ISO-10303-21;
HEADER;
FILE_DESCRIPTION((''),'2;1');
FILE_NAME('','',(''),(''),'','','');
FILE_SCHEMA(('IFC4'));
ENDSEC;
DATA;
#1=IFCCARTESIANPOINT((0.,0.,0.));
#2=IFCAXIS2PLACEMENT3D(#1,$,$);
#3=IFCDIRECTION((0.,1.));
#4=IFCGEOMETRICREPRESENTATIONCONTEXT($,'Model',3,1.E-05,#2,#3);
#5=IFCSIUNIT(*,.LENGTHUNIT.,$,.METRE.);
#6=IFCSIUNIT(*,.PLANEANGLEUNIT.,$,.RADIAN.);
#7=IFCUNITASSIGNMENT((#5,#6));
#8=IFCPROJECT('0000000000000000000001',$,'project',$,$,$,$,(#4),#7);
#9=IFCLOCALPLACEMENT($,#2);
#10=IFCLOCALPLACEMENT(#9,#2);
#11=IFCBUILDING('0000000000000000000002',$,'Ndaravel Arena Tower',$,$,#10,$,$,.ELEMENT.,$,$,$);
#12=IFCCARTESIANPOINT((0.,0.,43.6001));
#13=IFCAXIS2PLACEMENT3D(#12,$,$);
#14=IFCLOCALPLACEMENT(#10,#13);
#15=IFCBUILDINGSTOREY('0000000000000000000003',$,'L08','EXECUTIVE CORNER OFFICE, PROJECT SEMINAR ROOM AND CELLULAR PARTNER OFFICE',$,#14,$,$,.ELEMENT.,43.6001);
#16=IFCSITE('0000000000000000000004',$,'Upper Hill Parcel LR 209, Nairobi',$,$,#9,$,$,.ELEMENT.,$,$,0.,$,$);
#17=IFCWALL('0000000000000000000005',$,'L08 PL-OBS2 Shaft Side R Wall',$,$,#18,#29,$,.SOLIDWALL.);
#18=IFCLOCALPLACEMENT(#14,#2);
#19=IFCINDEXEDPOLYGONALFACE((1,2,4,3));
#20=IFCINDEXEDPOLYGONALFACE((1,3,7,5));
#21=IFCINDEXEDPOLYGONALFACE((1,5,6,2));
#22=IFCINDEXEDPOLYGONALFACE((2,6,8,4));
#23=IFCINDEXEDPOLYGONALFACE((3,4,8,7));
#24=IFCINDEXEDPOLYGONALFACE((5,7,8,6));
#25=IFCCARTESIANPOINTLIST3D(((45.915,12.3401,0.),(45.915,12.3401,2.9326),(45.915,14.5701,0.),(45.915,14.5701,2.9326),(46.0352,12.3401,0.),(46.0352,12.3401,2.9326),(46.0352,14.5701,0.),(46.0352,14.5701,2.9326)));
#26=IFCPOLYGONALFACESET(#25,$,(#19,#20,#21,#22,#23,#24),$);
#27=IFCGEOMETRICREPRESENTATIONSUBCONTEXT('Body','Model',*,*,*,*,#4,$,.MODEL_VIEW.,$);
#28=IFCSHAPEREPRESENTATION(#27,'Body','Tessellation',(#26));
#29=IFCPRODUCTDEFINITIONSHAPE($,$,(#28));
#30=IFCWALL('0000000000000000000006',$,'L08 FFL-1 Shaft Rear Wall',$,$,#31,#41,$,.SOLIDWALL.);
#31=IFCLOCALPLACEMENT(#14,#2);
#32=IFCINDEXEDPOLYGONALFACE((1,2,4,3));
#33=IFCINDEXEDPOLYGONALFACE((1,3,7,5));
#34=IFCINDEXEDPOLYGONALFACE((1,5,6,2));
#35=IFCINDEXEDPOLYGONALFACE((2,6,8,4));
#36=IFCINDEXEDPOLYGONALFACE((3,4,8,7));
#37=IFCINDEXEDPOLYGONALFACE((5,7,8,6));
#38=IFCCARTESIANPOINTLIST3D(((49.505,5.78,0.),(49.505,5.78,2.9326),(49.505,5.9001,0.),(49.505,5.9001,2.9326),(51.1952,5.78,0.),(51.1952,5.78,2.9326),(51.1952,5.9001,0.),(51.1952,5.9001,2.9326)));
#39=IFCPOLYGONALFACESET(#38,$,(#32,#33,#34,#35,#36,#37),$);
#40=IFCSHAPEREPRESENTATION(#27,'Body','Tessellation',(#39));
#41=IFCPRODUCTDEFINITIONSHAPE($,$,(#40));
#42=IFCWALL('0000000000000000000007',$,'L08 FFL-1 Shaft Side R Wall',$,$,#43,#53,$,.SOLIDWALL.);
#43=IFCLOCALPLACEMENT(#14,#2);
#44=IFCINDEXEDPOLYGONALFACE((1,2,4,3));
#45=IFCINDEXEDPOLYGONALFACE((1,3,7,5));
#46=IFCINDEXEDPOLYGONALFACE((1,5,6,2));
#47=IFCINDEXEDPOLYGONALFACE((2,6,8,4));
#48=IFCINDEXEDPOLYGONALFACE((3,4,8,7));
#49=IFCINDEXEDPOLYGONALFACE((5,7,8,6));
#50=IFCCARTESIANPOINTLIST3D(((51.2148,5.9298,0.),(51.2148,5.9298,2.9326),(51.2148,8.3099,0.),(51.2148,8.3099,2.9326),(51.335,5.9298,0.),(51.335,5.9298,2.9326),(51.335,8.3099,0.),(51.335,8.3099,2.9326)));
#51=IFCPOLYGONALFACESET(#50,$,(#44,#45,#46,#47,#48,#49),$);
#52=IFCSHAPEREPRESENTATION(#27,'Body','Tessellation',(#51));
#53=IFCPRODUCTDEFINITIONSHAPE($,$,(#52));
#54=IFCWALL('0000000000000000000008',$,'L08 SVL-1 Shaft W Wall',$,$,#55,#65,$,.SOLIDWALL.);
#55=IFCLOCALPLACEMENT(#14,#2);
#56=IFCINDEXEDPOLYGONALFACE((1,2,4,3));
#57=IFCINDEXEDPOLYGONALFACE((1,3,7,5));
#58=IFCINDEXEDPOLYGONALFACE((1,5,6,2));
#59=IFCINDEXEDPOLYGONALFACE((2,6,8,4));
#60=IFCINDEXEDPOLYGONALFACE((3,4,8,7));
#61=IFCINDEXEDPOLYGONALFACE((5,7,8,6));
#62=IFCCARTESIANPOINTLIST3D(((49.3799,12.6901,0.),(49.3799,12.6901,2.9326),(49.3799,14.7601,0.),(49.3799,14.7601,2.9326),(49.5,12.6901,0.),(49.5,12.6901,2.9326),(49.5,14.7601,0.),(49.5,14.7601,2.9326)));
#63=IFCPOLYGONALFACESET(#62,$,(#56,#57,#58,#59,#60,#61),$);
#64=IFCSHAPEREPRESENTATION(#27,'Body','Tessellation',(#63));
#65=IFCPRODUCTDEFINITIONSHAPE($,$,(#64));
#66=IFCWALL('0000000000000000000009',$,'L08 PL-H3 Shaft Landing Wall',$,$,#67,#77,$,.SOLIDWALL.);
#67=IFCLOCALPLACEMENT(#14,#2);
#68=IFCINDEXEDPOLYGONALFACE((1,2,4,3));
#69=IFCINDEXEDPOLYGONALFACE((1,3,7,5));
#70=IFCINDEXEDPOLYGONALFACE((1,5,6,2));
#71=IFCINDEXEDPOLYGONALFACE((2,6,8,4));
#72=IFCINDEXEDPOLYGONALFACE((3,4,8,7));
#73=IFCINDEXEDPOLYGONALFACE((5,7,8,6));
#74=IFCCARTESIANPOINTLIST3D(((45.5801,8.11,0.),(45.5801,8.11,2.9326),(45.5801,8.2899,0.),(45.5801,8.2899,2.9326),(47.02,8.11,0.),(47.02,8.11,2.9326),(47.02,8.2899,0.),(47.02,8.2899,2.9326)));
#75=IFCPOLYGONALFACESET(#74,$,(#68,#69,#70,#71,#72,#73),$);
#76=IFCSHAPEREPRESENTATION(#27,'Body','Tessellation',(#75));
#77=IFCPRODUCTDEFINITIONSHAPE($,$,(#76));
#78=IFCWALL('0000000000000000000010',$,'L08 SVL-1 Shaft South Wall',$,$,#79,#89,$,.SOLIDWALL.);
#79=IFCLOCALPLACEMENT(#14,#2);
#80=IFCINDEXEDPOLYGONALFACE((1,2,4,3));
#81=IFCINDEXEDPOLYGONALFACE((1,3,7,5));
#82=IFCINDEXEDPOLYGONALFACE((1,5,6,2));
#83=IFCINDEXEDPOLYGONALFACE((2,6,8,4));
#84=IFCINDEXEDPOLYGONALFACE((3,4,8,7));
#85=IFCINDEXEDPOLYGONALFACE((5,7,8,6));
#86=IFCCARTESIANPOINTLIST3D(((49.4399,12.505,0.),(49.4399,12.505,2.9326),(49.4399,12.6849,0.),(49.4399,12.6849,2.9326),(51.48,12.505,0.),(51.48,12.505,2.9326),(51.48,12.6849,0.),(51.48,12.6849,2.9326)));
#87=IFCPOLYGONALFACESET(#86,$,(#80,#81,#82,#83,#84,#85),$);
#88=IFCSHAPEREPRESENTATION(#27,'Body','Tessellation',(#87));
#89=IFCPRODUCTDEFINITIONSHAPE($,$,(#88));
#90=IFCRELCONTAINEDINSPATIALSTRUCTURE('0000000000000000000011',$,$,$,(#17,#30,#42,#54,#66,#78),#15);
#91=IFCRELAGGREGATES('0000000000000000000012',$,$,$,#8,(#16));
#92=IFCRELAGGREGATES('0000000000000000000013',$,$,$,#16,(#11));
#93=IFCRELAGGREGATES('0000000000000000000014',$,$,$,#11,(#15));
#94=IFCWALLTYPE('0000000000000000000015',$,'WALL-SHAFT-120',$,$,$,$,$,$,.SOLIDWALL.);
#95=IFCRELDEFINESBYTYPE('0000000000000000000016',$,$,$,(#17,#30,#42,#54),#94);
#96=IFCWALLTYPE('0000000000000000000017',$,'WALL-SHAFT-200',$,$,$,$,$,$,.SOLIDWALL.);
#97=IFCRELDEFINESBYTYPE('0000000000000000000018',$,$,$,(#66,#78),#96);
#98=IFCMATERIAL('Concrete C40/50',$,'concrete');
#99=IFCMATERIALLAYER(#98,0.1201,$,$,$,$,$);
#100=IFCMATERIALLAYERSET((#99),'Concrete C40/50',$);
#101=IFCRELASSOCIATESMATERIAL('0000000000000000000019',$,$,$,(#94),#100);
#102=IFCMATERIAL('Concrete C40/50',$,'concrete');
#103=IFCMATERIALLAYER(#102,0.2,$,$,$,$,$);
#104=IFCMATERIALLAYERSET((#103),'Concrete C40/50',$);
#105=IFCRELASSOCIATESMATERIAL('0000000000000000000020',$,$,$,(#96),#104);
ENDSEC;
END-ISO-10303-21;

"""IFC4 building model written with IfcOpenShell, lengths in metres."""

from ifc_helpers import new_model, si_unit, direction, frame, frame_2d, origin, place, context, subcontext, project, spatial, rectangle, extrude, material, layer, layer_set, type_object, element, save


model = new_model("IFC4")

# Units and contexts
model_context = context("Model", 3, precision=1e-05, world=origin(), true_north=direction((0.0, 1.0)))
body_context = subcontext(model_context, "Body", "Model", "MODEL_VIEW")
ifc_project = project(units=[si_unit("LENGTHUNIT", "METRE"), si_unit("PLANEANGLEUNIT", "RADIAN")], contexts=[model_context])

# Site, building, storey
site_placement = place(None, origin())
site = spatial("IfcSite", under=ifc_project, at=site_placement, Name="Upper Hill Parcel LR 209, Nairobi", CompositionType="ELEMENT", RefElevation=0.0)
building_placement = place(site_placement, origin())
building = spatial("IfcBuilding", under=site, at=building_placement, Name="Ndaravel Arena Tower", CompositionType="ELEMENT")
storey_placement = place(building_placement, frame((0.0, 0.0, 43.6001)))
storey = spatial("IfcBuildingStorey", under=building, at=storey_placement, Name="L08", Description="EXECUTIVE CORNER OFFICE, PROJECT SEMINAR ROOM AND CELLULAR PARTNER OFFICE", CompositionType="ELEMENT", Elevation=43.6001)

# Walls
ifc_material_1 = material(Name="Concrete C40/50", Category="concrete")
ifc_layer_1 = layer(ifc_material_1, 0.1201)
ifc_layer_set_1 = layer_set([ifc_layer_1], Name="Concrete C40/50")
wall_type_1 = type_object("IfcWallType", Name="WALL-SHAFT-120", PredefinedType="SOLIDWALL", material=ifc_layer_set_1)
wall_1_placement = place(storey_placement, frame((45.9751, 12.3401, 0.0), z_axis=(0.0, 0.0, 1.0), x_axis=(0.0, 1.0, 0.0)))
element("IfcWall", 1, at=wall_1_placement, inside=storey, type_object=wall_type_1, Name="L08 PL-OBS2 Shaft Side R Wall", PredefinedType="SOLIDWALL", context=body_context, shape_type="SweptSolid", body=[
    extrude(rectangle(XDim=2.23, YDim=0.1201, at=frame_2d((1.115, 0.0))), origin(), (0.0, 0.0, 1.0), 2.9326),
])
wall_2_placement = place(storey_placement, frame((49.5049, 5.8401, 0.0), z_axis=(0.0, 0.0, 1.0), x_axis=(1.0, 0.0, 0.0)))
element("IfcWall", 2, at=wall_2_placement, inside=storey, type_object=wall_type_1, Name="L08 FFL-1 Shaft Rear Wall", PredefinedType="SOLIDWALL", context=body_context, shape_type="SweptSolid", body=[
    extrude(rectangle(XDim=1.6902, YDim=0.1201, at=frame_2d((0.8452, 0.0))), origin(), (0.0, 0.0, 1.0), 2.9326),
])
wall_3_placement = place(storey_placement, frame((51.2749, 5.9299, 0.0), z_axis=(0.0, 0.0, 1.0), x_axis=(0.0, 1.0, 0.0)))
element("IfcWall", 3, at=wall_3_placement, inside=storey, type_object=wall_type_1, Name="L08 FFL-1 Shaft Side R Wall", PredefinedType="SOLIDWALL", context=body_context, shape_type="SweptSolid", body=[
    extrude(rectangle(XDim=2.3801, YDim=0.1201, at=frame_2d((1.1899, 0.0))), origin(), (0.0, 0.0, 1.0), 2.9326),
])
wall_4_placement = place(storey_placement, frame((49.4399, 12.6899, 0.0), z_axis=(0.0, 0.0, 1.0), x_axis=(0.0, 1.0, 0.0)))
element("IfcWall", 4, at=wall_4_placement, inside=storey, type_object=wall_type_1, Name="L08 SVL-1 Shaft W Wall", PredefinedType="SOLIDWALL", context=body_context, shape_type="SweptSolid", body=[
    extrude(rectangle(XDim=2.0701, YDim=0.1201, at=frame_2d((1.0352, 0.0))), origin(), (0.0, 0.0, 1.0), 2.9326),
])
ifc_material_2 = material(Name="Concrete C40/50", Category="concrete")
ifc_layer_2 = layer(ifc_material_2, 0.2)
ifc_layer_set_2 = layer_set([ifc_layer_2], Name="Concrete C40/50")
wall_type_2 = type_object("IfcWallType", Name="WALL-SHAFT-200", PredefinedType="SOLIDWALL", material=ifc_layer_set_2)
wall_5_placement = place(storey_placement, frame((45.5801, 8.2, 0.0), z_axis=(0.0, 0.0, 1.0), x_axis=(1.0, 0.0, 0.0)))
element("IfcWall", 5, at=wall_5_placement, inside=storey, type_object=wall_type_2, Name="L08 PL-H3 Shaft Landing Wall", PredefinedType="SOLIDWALL", context=body_context, shape_type="SweptSolid", body=[
    extrude(rectangle(XDim=1.4399, YDim=0.1799, at=frame_2d((0.72, 0.0))), origin(), (0.0, 0.0, 1.0), 2.9326),
])

# Wall
wall_6_placement = place(storey_placement, frame((49.4399, 12.595, 0.0), z_axis=(0.0, 0.0, 1.0), x_axis=(1.0, 0.0, 0.0)))
element("IfcWall", 6, at=wall_6_placement, inside=storey, type_object=wall_type_2, Name="L08 SVL-1 Shaft South Wall", PredefinedType="SOLIDWALL", context=body_context, shape_type="SweptSolid", body=[
    extrude(rectangle(XDim=2.04, YDim=0.1799, at=frame_2d((1.02, 0.0))), origin(), (0.0, 0.0, 1.0), 2.9326),
])

save(model, "model.ifc")
